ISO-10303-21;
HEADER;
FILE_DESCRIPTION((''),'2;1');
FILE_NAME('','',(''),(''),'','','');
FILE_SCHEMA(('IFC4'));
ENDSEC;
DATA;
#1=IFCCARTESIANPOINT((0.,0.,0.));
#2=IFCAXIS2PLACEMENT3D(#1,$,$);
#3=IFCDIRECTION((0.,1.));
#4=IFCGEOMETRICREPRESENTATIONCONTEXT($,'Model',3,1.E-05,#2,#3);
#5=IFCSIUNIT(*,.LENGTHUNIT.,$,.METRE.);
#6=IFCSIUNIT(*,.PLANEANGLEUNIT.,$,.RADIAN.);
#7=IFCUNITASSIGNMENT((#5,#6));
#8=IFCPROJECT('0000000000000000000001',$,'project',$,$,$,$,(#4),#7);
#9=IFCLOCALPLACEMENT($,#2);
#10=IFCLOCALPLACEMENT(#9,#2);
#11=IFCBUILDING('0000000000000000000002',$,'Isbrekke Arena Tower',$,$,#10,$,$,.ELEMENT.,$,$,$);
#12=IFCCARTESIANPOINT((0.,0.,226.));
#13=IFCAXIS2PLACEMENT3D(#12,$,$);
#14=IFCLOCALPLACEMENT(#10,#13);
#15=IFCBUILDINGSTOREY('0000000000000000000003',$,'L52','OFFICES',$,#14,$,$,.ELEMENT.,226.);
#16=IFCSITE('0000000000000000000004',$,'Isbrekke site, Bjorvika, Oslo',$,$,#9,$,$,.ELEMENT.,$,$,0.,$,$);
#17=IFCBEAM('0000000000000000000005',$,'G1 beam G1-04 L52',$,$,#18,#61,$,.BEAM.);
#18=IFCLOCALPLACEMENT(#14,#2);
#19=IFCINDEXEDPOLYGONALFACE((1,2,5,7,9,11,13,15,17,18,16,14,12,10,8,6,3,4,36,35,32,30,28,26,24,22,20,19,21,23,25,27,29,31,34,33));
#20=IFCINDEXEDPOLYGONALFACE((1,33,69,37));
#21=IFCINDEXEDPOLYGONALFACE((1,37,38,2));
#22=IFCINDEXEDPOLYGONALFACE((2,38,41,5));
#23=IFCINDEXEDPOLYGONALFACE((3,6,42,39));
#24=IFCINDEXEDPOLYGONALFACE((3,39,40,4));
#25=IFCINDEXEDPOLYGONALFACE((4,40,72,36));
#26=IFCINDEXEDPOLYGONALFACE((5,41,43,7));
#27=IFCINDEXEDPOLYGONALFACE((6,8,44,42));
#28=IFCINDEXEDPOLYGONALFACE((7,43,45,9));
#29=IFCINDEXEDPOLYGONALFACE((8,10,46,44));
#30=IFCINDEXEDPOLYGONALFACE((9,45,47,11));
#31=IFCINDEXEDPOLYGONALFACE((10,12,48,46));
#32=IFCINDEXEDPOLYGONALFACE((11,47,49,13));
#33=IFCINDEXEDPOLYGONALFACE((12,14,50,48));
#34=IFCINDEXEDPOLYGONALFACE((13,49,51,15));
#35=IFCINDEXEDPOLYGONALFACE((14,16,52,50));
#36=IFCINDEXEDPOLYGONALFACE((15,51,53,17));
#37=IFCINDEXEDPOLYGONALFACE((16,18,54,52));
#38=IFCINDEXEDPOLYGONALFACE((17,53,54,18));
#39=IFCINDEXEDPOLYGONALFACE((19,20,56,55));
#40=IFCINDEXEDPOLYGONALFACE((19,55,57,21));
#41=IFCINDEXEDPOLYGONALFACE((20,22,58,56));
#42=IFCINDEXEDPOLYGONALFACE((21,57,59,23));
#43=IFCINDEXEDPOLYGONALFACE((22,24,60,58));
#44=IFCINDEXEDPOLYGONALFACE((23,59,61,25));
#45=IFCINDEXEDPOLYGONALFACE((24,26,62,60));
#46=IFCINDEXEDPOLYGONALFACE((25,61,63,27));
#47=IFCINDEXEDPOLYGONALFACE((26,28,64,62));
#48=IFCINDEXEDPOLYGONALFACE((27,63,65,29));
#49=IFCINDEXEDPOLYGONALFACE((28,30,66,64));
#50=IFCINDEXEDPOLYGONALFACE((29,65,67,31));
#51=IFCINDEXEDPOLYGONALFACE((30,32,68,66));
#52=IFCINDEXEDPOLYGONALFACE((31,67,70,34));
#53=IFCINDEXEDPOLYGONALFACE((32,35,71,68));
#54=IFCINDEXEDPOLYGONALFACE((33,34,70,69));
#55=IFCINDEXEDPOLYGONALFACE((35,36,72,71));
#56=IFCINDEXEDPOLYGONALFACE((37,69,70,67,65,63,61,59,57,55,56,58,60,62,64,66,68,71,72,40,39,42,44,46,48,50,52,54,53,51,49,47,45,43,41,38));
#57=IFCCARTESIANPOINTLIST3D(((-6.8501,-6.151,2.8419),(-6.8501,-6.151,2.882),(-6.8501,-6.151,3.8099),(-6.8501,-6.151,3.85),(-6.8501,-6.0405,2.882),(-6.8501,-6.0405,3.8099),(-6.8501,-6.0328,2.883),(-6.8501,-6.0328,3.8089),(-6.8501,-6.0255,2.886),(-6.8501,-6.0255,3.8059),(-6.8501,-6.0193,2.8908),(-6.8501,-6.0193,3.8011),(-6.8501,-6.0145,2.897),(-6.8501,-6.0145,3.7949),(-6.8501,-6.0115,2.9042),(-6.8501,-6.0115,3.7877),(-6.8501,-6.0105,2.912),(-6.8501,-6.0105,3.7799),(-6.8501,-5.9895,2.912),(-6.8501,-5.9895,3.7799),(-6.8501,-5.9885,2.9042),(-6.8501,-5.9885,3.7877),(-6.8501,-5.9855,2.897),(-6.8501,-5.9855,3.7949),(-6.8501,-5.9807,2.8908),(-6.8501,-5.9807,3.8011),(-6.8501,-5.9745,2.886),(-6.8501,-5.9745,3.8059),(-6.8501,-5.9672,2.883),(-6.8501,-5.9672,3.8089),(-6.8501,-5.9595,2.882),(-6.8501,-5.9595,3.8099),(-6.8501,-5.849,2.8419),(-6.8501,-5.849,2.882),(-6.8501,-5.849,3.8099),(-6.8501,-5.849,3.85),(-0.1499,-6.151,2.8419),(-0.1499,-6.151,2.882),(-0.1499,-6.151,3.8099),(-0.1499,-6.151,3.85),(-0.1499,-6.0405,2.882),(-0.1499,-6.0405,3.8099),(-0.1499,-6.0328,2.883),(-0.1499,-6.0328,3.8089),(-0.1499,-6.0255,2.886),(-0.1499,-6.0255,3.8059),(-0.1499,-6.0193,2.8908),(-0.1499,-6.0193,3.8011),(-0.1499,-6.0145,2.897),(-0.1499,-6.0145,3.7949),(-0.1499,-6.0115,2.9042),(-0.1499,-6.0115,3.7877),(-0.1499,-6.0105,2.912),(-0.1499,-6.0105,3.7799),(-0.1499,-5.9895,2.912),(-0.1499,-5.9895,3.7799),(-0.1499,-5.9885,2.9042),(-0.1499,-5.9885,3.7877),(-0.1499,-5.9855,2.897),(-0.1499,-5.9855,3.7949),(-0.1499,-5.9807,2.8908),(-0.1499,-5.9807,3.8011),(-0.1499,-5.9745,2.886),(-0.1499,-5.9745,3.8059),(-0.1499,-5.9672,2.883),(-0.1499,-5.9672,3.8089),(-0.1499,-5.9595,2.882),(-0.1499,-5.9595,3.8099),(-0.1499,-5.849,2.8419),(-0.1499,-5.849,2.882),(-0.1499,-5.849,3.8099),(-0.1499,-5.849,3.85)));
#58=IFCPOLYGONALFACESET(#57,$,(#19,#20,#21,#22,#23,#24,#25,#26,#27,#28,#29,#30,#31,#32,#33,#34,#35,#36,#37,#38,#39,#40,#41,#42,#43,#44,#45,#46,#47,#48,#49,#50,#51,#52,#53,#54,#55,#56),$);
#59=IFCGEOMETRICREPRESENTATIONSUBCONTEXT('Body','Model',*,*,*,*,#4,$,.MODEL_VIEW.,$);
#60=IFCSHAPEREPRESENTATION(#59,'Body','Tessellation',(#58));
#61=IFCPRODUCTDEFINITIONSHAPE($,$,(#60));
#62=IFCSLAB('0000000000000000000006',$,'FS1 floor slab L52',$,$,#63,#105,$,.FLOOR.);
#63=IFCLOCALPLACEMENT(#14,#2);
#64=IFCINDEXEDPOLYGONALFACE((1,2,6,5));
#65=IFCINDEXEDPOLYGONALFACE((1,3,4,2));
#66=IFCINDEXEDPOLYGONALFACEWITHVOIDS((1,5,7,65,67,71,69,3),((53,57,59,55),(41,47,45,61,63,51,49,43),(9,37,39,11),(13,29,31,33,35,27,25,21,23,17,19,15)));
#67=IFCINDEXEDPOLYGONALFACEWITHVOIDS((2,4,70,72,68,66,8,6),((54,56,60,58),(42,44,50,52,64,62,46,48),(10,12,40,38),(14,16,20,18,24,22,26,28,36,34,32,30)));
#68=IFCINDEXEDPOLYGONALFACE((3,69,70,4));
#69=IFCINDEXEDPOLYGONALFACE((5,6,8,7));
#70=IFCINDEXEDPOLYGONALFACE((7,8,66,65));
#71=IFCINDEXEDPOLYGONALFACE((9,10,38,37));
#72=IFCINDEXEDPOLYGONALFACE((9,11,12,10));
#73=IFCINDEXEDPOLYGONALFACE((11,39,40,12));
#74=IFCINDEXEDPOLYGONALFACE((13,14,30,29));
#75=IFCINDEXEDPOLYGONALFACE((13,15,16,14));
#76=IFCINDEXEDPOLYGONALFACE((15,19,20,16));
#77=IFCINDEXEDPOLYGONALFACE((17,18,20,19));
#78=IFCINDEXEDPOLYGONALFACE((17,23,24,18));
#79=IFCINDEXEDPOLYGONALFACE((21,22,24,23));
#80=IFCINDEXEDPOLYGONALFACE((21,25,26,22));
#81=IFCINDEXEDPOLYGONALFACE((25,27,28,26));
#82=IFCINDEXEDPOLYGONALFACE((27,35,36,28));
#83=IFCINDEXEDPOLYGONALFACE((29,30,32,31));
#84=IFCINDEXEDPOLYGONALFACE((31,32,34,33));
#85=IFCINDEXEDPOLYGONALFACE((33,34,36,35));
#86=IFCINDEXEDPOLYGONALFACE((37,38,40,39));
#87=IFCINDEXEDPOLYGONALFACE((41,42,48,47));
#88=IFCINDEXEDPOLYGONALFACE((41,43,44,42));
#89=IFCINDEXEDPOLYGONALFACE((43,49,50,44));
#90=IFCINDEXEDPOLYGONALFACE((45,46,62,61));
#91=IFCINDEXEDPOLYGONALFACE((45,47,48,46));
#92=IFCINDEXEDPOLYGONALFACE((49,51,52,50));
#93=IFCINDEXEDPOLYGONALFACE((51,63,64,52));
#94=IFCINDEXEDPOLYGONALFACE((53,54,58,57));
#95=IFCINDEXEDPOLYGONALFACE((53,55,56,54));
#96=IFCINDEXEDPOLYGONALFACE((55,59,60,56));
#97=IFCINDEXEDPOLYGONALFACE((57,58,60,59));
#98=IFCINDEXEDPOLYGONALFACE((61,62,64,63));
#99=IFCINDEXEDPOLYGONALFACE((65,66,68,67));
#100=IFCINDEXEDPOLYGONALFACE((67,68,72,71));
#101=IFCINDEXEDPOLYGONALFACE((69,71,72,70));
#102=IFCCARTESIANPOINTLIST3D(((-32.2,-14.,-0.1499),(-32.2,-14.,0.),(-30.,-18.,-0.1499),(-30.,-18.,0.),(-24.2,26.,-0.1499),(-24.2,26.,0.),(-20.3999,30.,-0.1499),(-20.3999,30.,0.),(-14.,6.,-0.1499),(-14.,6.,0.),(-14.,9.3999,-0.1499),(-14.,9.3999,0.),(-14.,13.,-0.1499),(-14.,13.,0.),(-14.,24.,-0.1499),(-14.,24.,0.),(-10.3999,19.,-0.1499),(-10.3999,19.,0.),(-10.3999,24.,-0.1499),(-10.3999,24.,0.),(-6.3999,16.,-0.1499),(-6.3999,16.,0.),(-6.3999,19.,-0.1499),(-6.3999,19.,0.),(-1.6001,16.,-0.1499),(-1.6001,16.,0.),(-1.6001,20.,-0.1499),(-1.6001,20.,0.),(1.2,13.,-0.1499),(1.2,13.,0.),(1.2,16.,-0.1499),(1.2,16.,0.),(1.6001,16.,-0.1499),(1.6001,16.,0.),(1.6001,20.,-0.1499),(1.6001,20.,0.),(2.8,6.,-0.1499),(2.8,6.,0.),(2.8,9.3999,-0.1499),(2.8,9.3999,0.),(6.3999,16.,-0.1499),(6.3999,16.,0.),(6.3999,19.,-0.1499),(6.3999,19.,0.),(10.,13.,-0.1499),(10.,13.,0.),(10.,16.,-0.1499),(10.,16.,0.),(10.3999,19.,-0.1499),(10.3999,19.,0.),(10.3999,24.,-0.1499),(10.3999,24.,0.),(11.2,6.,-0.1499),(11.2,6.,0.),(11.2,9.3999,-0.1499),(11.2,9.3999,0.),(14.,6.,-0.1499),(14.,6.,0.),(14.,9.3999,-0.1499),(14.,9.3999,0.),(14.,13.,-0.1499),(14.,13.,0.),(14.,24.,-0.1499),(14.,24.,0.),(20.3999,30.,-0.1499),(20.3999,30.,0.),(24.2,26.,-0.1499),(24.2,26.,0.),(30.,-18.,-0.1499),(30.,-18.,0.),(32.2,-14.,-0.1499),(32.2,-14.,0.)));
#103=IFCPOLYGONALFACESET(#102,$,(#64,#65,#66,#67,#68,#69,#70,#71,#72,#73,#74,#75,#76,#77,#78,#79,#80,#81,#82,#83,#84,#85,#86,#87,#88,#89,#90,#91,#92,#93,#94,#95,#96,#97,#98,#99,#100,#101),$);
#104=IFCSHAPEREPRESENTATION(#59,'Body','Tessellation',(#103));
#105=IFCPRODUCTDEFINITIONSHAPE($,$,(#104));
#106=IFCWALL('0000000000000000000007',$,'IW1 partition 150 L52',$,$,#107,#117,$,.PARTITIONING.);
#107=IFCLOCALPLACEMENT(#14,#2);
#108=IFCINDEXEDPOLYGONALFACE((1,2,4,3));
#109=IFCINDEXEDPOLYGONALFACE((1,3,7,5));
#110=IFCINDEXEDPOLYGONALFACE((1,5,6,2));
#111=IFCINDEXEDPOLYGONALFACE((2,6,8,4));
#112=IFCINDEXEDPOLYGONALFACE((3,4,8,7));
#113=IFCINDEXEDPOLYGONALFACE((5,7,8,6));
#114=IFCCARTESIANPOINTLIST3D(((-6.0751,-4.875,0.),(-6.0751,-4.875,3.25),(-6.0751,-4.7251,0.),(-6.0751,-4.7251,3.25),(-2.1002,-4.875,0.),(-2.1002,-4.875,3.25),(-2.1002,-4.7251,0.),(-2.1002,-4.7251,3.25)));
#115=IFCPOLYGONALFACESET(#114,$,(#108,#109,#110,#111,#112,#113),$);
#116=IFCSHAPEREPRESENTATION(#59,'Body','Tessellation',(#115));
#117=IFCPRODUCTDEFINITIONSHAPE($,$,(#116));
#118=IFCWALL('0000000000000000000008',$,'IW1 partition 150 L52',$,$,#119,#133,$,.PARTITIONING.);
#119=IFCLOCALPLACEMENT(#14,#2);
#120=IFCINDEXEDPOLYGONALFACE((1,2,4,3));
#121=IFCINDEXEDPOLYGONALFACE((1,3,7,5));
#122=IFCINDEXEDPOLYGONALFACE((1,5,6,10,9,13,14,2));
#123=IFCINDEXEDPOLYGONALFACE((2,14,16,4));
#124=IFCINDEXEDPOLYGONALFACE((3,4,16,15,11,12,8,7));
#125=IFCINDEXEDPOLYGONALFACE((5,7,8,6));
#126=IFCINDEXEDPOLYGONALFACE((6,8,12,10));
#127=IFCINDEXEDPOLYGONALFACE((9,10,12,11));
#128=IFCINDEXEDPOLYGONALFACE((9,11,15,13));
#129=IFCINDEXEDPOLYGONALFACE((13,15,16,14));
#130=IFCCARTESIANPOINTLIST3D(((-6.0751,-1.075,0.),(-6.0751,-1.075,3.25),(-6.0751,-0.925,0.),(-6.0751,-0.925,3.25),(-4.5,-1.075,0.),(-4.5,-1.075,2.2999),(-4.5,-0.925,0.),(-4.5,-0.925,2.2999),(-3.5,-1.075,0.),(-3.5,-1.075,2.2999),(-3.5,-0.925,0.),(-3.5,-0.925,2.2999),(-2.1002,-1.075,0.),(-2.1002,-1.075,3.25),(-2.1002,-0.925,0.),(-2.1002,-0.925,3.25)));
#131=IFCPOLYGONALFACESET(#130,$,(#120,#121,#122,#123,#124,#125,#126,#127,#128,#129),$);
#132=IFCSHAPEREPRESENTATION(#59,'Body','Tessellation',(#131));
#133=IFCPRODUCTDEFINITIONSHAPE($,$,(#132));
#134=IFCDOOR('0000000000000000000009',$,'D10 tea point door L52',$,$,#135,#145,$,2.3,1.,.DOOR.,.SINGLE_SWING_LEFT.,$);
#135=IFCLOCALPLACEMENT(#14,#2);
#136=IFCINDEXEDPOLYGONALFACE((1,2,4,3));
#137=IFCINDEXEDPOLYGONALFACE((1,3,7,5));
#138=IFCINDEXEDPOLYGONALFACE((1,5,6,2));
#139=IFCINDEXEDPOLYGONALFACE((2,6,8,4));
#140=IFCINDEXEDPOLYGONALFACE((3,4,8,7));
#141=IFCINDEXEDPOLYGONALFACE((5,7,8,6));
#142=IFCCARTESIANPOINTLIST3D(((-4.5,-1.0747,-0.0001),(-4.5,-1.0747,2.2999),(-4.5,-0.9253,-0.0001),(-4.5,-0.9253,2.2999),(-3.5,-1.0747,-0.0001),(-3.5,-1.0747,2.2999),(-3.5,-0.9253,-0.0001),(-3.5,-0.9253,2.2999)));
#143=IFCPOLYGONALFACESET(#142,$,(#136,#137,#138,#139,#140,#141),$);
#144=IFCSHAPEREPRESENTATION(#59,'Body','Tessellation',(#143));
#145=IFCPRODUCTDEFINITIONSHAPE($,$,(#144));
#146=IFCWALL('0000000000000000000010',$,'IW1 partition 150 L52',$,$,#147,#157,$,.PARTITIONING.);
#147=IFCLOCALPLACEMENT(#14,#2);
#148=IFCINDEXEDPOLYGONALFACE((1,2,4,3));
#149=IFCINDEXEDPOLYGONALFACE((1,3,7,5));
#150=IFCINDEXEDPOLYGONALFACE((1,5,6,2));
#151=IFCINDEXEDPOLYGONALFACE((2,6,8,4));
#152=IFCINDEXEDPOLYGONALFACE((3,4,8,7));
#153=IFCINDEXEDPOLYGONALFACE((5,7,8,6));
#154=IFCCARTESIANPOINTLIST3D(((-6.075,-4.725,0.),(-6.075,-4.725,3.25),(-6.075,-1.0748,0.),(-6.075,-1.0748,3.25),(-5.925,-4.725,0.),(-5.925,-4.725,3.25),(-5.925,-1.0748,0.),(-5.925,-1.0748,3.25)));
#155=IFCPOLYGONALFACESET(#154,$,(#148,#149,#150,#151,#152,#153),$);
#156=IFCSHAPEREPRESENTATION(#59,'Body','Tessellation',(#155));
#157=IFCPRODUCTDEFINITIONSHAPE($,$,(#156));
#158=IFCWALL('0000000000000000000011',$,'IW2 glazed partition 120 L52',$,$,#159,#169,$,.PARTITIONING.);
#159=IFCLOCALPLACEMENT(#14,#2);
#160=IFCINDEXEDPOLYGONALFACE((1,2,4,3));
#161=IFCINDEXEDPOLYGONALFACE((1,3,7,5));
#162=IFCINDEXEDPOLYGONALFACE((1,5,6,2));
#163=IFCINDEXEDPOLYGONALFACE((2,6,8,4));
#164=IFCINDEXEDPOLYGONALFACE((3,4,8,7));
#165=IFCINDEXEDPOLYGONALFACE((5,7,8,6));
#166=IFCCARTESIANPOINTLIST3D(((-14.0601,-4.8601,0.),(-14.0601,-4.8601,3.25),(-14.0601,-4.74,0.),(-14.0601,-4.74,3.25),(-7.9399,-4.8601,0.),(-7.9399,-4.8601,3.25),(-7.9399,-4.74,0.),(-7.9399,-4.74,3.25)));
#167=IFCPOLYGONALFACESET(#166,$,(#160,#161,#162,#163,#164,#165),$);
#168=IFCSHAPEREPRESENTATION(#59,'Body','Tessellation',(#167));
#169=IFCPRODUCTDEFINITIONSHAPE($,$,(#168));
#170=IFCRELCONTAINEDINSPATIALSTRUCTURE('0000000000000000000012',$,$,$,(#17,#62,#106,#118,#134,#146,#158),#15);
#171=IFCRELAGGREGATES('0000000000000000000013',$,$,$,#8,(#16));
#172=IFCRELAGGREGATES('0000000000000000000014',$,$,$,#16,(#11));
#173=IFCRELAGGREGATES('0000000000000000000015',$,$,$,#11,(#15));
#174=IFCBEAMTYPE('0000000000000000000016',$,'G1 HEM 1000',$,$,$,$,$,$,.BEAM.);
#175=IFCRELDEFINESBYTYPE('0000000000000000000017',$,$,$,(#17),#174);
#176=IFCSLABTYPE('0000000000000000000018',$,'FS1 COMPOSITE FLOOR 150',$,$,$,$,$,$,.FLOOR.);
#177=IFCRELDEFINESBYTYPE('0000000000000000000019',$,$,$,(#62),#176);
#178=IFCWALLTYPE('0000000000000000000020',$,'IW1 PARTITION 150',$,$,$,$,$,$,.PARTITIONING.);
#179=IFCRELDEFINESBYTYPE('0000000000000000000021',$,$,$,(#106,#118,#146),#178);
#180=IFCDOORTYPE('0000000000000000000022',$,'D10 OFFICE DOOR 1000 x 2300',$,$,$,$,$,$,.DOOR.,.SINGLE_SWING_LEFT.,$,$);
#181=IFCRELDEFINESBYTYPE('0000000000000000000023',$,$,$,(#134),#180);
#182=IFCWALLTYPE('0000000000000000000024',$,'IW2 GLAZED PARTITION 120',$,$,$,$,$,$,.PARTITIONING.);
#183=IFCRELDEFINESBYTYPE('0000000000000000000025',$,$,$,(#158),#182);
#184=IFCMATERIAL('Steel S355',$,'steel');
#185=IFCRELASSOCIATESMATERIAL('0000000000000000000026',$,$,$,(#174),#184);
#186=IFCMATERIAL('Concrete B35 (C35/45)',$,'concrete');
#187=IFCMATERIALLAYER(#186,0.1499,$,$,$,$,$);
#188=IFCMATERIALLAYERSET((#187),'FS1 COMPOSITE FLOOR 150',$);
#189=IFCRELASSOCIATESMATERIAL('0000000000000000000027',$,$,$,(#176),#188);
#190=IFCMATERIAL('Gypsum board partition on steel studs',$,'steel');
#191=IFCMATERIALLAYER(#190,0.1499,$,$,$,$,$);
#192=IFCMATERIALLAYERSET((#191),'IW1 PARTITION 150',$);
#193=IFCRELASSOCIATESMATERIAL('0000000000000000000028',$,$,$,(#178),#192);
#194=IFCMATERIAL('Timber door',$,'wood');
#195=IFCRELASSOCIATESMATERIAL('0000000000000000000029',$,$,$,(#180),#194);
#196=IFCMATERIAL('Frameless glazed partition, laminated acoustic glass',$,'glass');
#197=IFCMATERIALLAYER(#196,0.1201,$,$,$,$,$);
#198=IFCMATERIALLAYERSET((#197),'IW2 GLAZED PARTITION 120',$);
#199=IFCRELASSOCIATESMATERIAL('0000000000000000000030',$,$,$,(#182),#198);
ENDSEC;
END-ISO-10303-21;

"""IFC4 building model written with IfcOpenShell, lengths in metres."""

from ifc_helpers import new_model, si_unit, direction, frame, frame_2d, origin, origin_2d, place, context, subcontext, project, spatial, polyline, rectangle, i_section, outline, extrude, material, layer, layer_set, material_profile, profile_set, type_object, element, fill, save


model = new_model("IFC4")

# Units and contexts
model_context = context("Model", 3, precision=1e-05, world=origin(), true_north=direction((0.0, 1.0)))
body_context = subcontext(model_context, "Body", "Model", "MODEL_VIEW")
ifc_project = project(units=[si_unit("LENGTHUNIT", "METRE"), si_unit("PLANEANGLEUNIT", "RADIAN")], contexts=[model_context])

# Site, building, storey
site_placement = place(None, origin())
site = spatial("IfcSite", under=ifc_project, at=site_placement, Name="Isbrekke site, Bjorvika, Oslo", CompositionType="ELEMENT", RefElevation=0.0)
building_placement = place(site_placement, origin())
building = spatial("IfcBuilding", under=site, at=building_placement, Name="Isbrekke Arena Tower", CompositionType="ELEMENT")
storey_placement = place(building_placement, frame((0.0, 0.0, 226.0)))
storey = spatial("IfcBuildingStorey", under=building, at=storey_placement, Name="L52", Description="OFFICES", CompositionType="ELEMENT", Elevation=226.0)

# Beam
ifc_material_1 = material(Name="Steel S355", Category="steel")
ifc_material_profile_1 = material_profile(ifc_material_1, i_section(OverallWidth=0.302, OverallDepth=1.0081, WebThickness=0.021, FlangeThickness=0.04, FilletRadius=0.03, at=origin_2d()), Name="HEM 1000")
ifc_profile_set_1 = profile_set([ifc_material_profile_1], Name="Steel S355")
beam_type_1 = type_object("IfcBeamType", Name="G1 HEM 1000", PredefinedType="BEAM", material=ifc_profile_set_1)
for number, where, z_axis, x_axis, name in (
    (1, (-6.8501, -6.0, 3.3459), (1.0, 0.0, 0.0), (0.0, 1.0, 0.0), "G1 beam G1-04 L52"),
):
    element("IfcBeam", number, at=place(storey_placement, frame(where, z_axis=z_axis, x_axis=x_axis)), inside=storey, type_object=beam_type_1, Name=name, PredefinedType="BEAM", context=body_context, shape_type="SweptSolid", body=[
        extrude(i_section(OverallWidth=0.302, OverallDepth=1.0081, WebThickness=0.021, FlangeThickness=0.04, FilletRadius=0.03, at=origin_2d()), origin(), (0.0, 0.0, 1.0), 6.7002),
    ])

# Slab
ifc_material_2 = material(Name="Concrete B35 (C35/45)", Category="concrete")
ifc_layer_1 = layer(ifc_material_2, 0.1499)
ifc_layer_set_1 = layer_set([ifc_layer_1], Name="FS1 COMPOSITE FLOOR 150")
slab_type = type_object("IfcSlabType", Name="FS1 COMPOSITE FLOOR 150", PredefinedType="FLOOR", material=ifc_layer_set_1)
slab_placement = place(storey_placement, frame((0.0, 0.0, -0.1499)))
element("IfcSlab", 2, at=slab_placement, inside=storey, type_object=slab_type, Name="FS1 floor slab L52", PredefinedType="FLOOR", context=body_context, shape_type="SweptSolid", body=[
    extrude(outline(polyline([(-30.0, -18.0), (30.0, -18.0), (32.2, -14.0), (24.2, 26.0), (20.3999, 30.0), (-20.3999, 30.0), (-24.2, 26.0), (-32.2, -14.0), (-30.0, -18.0)]), holes=[polyline([(2.8, 9.3999), (2.8, 6.0), (-14.0, 6.0), (-14.0, 9.3999), (2.8, 9.3999)]), polyline([(11.2, 6.0), (11.2, 9.3999), (14.0, 9.3999), (14.0, 6.0), (11.2, 6.0)]), polyline([(-14.0, 13.0), (-14.0, 24.0), (-10.3999, 24.0), (-10.3999, 19.0), (-6.3999, 19.0), (-6.3999, 16.0), (-1.6001, 16.0), (-1.6001, 20.0), (1.6001, 20.0), (1.6001, 16.0), (1.2, 16.0), (1.2, 13.0), (-14.0, 13.0)]), polyline([(10.0, 13.0), (10.0, 16.0), (6.3999, 16.0), (6.3999, 19.0), (10.3999, 19.0), (10.3999, 24.0), (14.0, 24.0), (14.0, 13.0), (10.0, 13.0)])]), origin(), (0.0, 0.0, 1.0), 0.1499),
])

# Wall
ifc_material_3 = material(Name="Gypsum board partition on steel studs", Category="steel")
ifc_layer_2 = layer(ifc_material_3, 0.1499)
ifc_layer_set_2 = layer_set([ifc_layer_2], Name="IW1 PARTITION 150")
wall_type_1 = type_object("IfcWallType", Name="IW1 PARTITION 150", PredefinedType="PARTITIONING", material=ifc_layer_set_2)
wall_1_placement = place(storey_placement, frame((-6.075, -4.8, 0.0), z_axis=(0.0, 0.0, 1.0), x_axis=(1.0, 0.0, 0.0)))
element("IfcWall", 3, at=wall_1_placement, inside=storey, type_object=wall_type_1, Name="IW1 partition 150 L52", PredefinedType="PARTITIONING", context=body_context, shape_type="SweptSolid", body=[
    extrude(rectangle(XDim=3.9749, YDim=0.1499, at=frame_2d((1.9873, 0.0))), origin(), (0.0, 0.0, 1.0), 3.25),
])

# Wall, opening, door
wall_2_placement = place(storey_placement, frame((-6.075, -1.0, 0.0), z_axis=(0.0, 0.0, 1.0), x_axis=(1.0, 0.0, 0.0)))
wall_2 = element("IfcWall", 4, at=wall_2_placement, inside=storey, type_object=wall_type_1, Name="IW1 partition 150 L52", PredefinedType="PARTITIONING", context=body_context, shape_type="SweptSolid", body=[
    extrude(rectangle(XDim=3.9749, YDim=0.1499, at=frame_2d((1.9873, 0.0))), origin(), (0.0, 0.0, 1.0), 3.25),
])
opening_1_placement = place(wall_2_placement, frame((1.575, 0.0, 0.0)))
opening_1 = element("IfcOpeningElement", 5, at=opening_1_placement, cuts=wall_2, PredefinedType="OPENING", context=body_context, shape_type="SweptSolid", body=[
    extrude(rectangle(XDim=1.0, YDim=2.3, at=frame_2d((0.5, 1.1499))), frame((0.0, 0.0898, 0.0), z_axis=(0.0, -1.0, 0.0), x_axis=(1.0, 0.0, 0.0)), (0.0, 0.0, 1.0), 0.1797),
])
ifc_material_4 = material(Name="Timber door", Category="wood")
door_type_1 = type_object("IfcDoorType", Name="D10 OFFICE DOOR 1000 x 2300", OperationType="SINGLE_SWING_LEFT", PredefinedType="DOOR", material=ifc_material_4)
door_1_placement = place(opening_1_placement, origin())
door_1 = element("IfcDoor", 6, at=door_1_placement, inside=storey, type_object=door_type_1, Name="D10 tea point door L52", OperationType="SINGLE_SWING_LEFT", OverallHeight=2.3, OverallWidth=1.0, PredefinedType="DOOR", context=body_context, shape_type="SweptSolid", body=[
    extrude(rectangle(XDim=1.0, YDim=2.3, at=frame_2d((0.5, 1.1499))), frame((0.0, 0.0747, 0.0), z_axis=(0.0, -1.0, 0.0), x_axis=(1.0, 0.0, 0.0)), (0.0, 0.0, 1.0), 0.1494),
])
fill(opening_1, door_1)

# Walls
wall_3_placement = place(storey_placement, frame((-6.0, -4.7251, 0.0), z_axis=(0.0, 0.0, 1.0), x_axis=(0.0, 1.0, 0.0)))
element("IfcWall", 7, at=wall_3_placement, inside=storey, type_object=wall_type_1, Name="IW1 partition 150 L52", PredefinedType="PARTITIONING", context=body_context, shape_type="SweptSolid", body=[
    extrude(rectangle(XDim=3.6501, YDim=0.1499, at=frame_2d((1.8252, 0.0))), origin(), (0.0, 0.0, 1.0), 3.25),
])
ifc_material_5 = material(Name="Frameless glazed partition, laminated acoustic glass", Category="glass")
ifc_layer_3 = layer(ifc_material_5, 0.1201)
ifc_layer_set_3 = layer_set([ifc_layer_3], Name="IW2 GLAZED PARTITION 120")
wall_type_2 = type_object("IfcWallType", Name="IW2 GLAZED PARTITION 120", PredefinedType="PARTITIONING", material=ifc_layer_set_3)
wall_4_placement = place(storey_placement, frame((-14.0601, -4.8, 0.0), z_axis=(0.0, 0.0, 1.0), x_axis=(1.0, 0.0, 0.0)))
element("IfcWall", 8, at=wall_4_placement, inside=storey, type_object=wall_type_2, Name="IW2 glazed partition 120 L52", PredefinedType="PARTITIONING", context=body_context, shape_type="SweptSolid", body=[
    extrude(rectangle(XDim=6.1201, YDim=0.1201, at=frame_2d((3.0601, 0.0))), origin(), (0.0, 0.0, 1.0), 3.25),
])

save(model, "model.ifc")
